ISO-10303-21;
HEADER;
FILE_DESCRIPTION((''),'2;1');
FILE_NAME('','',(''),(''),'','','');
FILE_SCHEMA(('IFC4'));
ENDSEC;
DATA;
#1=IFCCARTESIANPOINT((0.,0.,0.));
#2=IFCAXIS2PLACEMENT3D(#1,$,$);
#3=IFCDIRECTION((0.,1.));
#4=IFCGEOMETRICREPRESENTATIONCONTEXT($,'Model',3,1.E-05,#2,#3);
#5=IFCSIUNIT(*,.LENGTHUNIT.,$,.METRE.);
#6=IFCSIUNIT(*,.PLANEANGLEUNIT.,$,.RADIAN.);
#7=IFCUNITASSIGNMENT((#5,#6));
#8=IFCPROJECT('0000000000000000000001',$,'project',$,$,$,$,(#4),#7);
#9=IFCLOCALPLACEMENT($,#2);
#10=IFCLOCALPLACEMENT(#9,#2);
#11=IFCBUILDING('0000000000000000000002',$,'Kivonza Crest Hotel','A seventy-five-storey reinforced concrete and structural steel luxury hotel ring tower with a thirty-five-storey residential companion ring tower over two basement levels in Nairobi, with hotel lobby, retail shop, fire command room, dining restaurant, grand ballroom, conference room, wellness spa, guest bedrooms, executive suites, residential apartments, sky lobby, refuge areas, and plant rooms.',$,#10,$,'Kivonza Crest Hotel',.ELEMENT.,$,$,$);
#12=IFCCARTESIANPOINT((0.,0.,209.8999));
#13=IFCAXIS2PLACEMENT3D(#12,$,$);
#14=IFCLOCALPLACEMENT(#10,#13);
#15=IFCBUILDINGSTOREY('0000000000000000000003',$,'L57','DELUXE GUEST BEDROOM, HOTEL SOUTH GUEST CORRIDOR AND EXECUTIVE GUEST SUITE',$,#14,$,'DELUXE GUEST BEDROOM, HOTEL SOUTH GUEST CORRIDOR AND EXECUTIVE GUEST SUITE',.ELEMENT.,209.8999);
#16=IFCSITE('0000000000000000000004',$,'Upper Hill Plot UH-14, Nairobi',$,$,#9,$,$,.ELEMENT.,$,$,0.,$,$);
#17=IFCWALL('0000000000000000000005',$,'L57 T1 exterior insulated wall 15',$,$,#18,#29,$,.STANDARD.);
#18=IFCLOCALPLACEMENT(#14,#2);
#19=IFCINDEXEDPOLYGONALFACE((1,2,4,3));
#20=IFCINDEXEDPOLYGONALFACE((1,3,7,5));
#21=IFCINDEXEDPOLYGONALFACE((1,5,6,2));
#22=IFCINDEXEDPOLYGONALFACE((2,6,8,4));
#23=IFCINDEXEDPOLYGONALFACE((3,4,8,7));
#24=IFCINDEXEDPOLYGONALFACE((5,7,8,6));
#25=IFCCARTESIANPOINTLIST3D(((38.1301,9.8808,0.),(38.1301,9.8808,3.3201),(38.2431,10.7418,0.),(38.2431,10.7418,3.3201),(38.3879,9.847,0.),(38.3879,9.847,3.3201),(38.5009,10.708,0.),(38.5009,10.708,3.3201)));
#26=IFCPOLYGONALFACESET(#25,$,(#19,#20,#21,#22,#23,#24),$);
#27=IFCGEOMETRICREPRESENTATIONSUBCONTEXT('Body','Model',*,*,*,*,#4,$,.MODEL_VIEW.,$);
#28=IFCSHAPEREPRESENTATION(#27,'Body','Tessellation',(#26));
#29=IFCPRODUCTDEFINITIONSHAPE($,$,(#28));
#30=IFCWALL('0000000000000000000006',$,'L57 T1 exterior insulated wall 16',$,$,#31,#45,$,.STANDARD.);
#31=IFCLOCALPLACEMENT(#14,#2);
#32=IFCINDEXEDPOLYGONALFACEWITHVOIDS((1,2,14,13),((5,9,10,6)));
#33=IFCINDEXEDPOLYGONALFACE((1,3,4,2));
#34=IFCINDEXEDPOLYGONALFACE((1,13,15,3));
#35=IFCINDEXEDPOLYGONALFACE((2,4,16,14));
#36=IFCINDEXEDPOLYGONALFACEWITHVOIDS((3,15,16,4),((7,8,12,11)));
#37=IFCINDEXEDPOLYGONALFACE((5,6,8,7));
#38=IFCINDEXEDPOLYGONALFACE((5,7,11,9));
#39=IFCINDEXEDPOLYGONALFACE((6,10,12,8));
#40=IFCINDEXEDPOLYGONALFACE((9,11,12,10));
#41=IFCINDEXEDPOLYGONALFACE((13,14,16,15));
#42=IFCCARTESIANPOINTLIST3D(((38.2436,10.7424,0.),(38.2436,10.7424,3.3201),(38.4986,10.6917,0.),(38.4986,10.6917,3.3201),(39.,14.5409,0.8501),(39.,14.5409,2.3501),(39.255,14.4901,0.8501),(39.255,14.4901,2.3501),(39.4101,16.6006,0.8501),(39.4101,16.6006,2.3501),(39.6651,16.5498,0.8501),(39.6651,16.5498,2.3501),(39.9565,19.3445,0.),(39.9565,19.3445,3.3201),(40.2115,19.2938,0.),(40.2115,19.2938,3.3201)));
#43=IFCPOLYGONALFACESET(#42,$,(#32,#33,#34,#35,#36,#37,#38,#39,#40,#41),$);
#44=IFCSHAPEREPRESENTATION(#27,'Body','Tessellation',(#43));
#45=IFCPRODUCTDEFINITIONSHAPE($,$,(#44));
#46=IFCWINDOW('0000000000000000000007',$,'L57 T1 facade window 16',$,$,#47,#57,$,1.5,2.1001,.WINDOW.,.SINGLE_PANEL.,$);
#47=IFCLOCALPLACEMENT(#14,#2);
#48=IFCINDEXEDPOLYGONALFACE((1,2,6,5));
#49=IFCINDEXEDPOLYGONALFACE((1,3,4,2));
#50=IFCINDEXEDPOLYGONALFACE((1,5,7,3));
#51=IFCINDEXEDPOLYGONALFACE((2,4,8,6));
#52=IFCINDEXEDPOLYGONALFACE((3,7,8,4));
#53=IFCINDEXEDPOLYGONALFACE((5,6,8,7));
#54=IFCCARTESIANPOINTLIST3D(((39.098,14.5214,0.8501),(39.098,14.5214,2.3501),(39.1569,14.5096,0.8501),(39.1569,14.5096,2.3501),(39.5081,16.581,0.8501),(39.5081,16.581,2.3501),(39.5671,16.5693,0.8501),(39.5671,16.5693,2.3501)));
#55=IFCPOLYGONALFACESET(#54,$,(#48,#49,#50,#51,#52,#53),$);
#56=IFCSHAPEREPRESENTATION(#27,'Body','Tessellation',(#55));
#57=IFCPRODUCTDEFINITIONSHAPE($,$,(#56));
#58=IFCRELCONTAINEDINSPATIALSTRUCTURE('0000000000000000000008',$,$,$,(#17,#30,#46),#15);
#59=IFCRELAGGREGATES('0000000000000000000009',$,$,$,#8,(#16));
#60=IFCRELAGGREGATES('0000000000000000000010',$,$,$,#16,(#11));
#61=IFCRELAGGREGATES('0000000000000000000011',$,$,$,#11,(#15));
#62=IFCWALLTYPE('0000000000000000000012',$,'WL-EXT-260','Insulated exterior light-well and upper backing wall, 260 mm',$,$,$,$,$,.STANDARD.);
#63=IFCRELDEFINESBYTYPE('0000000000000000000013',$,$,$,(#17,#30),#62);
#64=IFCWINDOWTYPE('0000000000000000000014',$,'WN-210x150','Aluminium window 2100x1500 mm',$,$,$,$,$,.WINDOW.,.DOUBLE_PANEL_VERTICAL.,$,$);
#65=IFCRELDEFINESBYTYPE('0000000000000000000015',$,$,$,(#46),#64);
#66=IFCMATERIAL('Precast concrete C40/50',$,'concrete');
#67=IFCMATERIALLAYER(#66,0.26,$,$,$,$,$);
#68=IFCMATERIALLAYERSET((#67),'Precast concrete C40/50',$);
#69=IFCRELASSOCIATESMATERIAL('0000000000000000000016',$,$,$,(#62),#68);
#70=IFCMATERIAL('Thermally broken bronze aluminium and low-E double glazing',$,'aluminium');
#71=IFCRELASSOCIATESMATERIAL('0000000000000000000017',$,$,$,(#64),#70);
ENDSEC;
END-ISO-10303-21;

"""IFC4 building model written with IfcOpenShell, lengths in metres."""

from ifc_helpers import new_model, si_unit, direction, frame, frame_2d, origin, place, context, subcontext, project, spatial, rectangle, extrude, material, layer, layer_set, type_object, element, fill, save


model = new_model("IFC4")

# Units and contexts
model_context = context("Model", 3, precision=1e-05, world=origin(), true_north=direction((0.0, 1.0)))
body_context = subcontext(model_context, "Body", "Model", "MODEL_VIEW")
ifc_project = project(units=[si_unit("LENGTHUNIT", "METRE"), si_unit("PLANEANGLEUNIT", "RADIAN")], contexts=[model_context])

# Site, building, storey
site_placement = place(None, origin())
site = spatial("IfcSite", under=ifc_project, at=site_placement, Name="Upper Hill Plot UH-14, Nairobi", CompositionType="ELEMENT", RefElevation=0.0)
building_placement = place(site_placement, origin())
building = spatial("IfcBuilding", under=site, at=building_placement, Name="Kivonza Crest Hotel", Description="A seventy-five-storey reinforced concrete and structural steel luxury hotel ring tower with a thirty-five-storey residential companion ring tower over two basement levels in Nairobi, with hotel lobby, retail shop, fire command room, dining restaurant, grand ballroom, conference room, wellness spa, guest bedrooms, executive suites, residential apartments, sky lobby, refuge areas, and plant rooms.", LongName="Kivonza Crest Hotel", CompositionType="ELEMENT")
storey_placement = place(building_placement, frame((0.0, 0.0, 209.8999)))
storey = spatial("IfcBuildingStorey", under=building, at=storey_placement, Name="L57", Description="DELUXE GUEST BEDROOM, HOTEL SOUTH GUEST CORRIDOR AND EXECUTIVE GUEST SUITE", LongName="DELUXE GUEST BEDROOM, HOTEL SOUTH GUEST CORRIDOR AND EXECUTIVE GUEST SUITE", CompositionType="ELEMENT", Elevation=209.8999)

# Wall
ifc_material_1 = material(Name="Precast concrete C40/50", Category="concrete")
ifc_layer_1 = layer(ifc_material_1, 0.26)
ifc_layer_set_1 = layer_set([ifc_layer_1], Name="Precast concrete C40/50")
wall_type_1 = type_object("IfcWallType", Name="WL-EXT-260", Description="Insulated exterior light-well and upper backing wall, 260 mm", PredefinedType="STANDARD", material=ifc_layer_set_1)
wall_1_placement = place(storey_placement, frame((38.259, 9.864, 0.0), z_axis=(0.0, 0.0, 1.0), x_axis=(0.130156, 0.991493, 0.0)))
element("IfcWall", 1, at=wall_1_placement, inside=storey, type_object=wall_type_1, Name="L57 T1 exterior insulated wall 15", PredefinedType="STANDARD", context=body_context, shape_type="SweptSolid", body=[
    extrude(rectangle(XDim=0.8684, YDim=0.26, at=frame_2d((0.4341, 0.0))), origin(), (0.0, 0.0, 1.0), 3.3201),
])

# Wall, opening, window
wall_2_placement = place(storey_placement, frame((38.3711, 10.717, 0.0), z_axis=(0.0, 0.0, 1.0), x_axis=(0.195292, 0.980745, 0.0)))
wall_2 = element("IfcWall", 2, at=wall_2_placement, inside=storey, type_object=wall_type_1, Name="L57 T1 exterior insulated wall 16", PredefinedType="STANDARD", context=body_context, shape_type="SweptSolid", body=[
    extrude(rectangle(XDim=8.771, YDim=0.26, at=frame_2d((4.3855, 0.0))), origin(), (0.0, 0.0, 1.0), 3.3201),
])
opening_1_placement = place(wall_2_placement, frame((3.873, 0.0, 0.8501)))
opening_1 = element("IfcOpeningElement", 3, at=opening_1_placement, cuts=wall_2, PredefinedType="OPENING", context=body_context, shape_type="SweptSolid", body=[
    extrude(rectangle(XDim=2.1001, YDim=1.5, at=frame_2d((1.05, 0.75))), frame((0.0, 0.1401, 0.0), z_axis=(0.0, -1.0, 0.0), x_axis=(1.0, 0.0, 0.0)), (0.0, 0.0, 1.0), 0.28),
])
ifc_material_2 = material(Name="Thermally broken bronze aluminium and low-E double glazing", Category="aluminium")
window_type = type_object("IfcWindowType", Name="WN-210x150", Description="Aluminium window 2100x1500 mm", PartitioningType="DOUBLE_PANEL_VERTICAL", PredefinedType="WINDOW", material=ifc_material_2)
window_placement = place(opening_1_placement, origin())
window = element("IfcWindow", 4, at=window_placement, inside=storey, type_object=window_type, Name="L57 T1 facade window 16", OverallHeight=1.5, OverallWidth=2.1001, PartitioningType="SINGLE_PANEL", PredefinedType="WINDOW", context=body_context, shape_type="SweptSolid", body=[
    extrude(rectangle(XDim=2.1001, YDim=1.5, at=frame_2d((1.05, 0.75))), frame((0.0, 0.03, 0.0), z_axis=(0.0, -1.0, 0.0), x_axis=(1.0, 0.0, 0.0)), (0.0, 0.0, 1.0), 0.0601),
])
fill(opening_1, window)

save(model, "model.ifc")
